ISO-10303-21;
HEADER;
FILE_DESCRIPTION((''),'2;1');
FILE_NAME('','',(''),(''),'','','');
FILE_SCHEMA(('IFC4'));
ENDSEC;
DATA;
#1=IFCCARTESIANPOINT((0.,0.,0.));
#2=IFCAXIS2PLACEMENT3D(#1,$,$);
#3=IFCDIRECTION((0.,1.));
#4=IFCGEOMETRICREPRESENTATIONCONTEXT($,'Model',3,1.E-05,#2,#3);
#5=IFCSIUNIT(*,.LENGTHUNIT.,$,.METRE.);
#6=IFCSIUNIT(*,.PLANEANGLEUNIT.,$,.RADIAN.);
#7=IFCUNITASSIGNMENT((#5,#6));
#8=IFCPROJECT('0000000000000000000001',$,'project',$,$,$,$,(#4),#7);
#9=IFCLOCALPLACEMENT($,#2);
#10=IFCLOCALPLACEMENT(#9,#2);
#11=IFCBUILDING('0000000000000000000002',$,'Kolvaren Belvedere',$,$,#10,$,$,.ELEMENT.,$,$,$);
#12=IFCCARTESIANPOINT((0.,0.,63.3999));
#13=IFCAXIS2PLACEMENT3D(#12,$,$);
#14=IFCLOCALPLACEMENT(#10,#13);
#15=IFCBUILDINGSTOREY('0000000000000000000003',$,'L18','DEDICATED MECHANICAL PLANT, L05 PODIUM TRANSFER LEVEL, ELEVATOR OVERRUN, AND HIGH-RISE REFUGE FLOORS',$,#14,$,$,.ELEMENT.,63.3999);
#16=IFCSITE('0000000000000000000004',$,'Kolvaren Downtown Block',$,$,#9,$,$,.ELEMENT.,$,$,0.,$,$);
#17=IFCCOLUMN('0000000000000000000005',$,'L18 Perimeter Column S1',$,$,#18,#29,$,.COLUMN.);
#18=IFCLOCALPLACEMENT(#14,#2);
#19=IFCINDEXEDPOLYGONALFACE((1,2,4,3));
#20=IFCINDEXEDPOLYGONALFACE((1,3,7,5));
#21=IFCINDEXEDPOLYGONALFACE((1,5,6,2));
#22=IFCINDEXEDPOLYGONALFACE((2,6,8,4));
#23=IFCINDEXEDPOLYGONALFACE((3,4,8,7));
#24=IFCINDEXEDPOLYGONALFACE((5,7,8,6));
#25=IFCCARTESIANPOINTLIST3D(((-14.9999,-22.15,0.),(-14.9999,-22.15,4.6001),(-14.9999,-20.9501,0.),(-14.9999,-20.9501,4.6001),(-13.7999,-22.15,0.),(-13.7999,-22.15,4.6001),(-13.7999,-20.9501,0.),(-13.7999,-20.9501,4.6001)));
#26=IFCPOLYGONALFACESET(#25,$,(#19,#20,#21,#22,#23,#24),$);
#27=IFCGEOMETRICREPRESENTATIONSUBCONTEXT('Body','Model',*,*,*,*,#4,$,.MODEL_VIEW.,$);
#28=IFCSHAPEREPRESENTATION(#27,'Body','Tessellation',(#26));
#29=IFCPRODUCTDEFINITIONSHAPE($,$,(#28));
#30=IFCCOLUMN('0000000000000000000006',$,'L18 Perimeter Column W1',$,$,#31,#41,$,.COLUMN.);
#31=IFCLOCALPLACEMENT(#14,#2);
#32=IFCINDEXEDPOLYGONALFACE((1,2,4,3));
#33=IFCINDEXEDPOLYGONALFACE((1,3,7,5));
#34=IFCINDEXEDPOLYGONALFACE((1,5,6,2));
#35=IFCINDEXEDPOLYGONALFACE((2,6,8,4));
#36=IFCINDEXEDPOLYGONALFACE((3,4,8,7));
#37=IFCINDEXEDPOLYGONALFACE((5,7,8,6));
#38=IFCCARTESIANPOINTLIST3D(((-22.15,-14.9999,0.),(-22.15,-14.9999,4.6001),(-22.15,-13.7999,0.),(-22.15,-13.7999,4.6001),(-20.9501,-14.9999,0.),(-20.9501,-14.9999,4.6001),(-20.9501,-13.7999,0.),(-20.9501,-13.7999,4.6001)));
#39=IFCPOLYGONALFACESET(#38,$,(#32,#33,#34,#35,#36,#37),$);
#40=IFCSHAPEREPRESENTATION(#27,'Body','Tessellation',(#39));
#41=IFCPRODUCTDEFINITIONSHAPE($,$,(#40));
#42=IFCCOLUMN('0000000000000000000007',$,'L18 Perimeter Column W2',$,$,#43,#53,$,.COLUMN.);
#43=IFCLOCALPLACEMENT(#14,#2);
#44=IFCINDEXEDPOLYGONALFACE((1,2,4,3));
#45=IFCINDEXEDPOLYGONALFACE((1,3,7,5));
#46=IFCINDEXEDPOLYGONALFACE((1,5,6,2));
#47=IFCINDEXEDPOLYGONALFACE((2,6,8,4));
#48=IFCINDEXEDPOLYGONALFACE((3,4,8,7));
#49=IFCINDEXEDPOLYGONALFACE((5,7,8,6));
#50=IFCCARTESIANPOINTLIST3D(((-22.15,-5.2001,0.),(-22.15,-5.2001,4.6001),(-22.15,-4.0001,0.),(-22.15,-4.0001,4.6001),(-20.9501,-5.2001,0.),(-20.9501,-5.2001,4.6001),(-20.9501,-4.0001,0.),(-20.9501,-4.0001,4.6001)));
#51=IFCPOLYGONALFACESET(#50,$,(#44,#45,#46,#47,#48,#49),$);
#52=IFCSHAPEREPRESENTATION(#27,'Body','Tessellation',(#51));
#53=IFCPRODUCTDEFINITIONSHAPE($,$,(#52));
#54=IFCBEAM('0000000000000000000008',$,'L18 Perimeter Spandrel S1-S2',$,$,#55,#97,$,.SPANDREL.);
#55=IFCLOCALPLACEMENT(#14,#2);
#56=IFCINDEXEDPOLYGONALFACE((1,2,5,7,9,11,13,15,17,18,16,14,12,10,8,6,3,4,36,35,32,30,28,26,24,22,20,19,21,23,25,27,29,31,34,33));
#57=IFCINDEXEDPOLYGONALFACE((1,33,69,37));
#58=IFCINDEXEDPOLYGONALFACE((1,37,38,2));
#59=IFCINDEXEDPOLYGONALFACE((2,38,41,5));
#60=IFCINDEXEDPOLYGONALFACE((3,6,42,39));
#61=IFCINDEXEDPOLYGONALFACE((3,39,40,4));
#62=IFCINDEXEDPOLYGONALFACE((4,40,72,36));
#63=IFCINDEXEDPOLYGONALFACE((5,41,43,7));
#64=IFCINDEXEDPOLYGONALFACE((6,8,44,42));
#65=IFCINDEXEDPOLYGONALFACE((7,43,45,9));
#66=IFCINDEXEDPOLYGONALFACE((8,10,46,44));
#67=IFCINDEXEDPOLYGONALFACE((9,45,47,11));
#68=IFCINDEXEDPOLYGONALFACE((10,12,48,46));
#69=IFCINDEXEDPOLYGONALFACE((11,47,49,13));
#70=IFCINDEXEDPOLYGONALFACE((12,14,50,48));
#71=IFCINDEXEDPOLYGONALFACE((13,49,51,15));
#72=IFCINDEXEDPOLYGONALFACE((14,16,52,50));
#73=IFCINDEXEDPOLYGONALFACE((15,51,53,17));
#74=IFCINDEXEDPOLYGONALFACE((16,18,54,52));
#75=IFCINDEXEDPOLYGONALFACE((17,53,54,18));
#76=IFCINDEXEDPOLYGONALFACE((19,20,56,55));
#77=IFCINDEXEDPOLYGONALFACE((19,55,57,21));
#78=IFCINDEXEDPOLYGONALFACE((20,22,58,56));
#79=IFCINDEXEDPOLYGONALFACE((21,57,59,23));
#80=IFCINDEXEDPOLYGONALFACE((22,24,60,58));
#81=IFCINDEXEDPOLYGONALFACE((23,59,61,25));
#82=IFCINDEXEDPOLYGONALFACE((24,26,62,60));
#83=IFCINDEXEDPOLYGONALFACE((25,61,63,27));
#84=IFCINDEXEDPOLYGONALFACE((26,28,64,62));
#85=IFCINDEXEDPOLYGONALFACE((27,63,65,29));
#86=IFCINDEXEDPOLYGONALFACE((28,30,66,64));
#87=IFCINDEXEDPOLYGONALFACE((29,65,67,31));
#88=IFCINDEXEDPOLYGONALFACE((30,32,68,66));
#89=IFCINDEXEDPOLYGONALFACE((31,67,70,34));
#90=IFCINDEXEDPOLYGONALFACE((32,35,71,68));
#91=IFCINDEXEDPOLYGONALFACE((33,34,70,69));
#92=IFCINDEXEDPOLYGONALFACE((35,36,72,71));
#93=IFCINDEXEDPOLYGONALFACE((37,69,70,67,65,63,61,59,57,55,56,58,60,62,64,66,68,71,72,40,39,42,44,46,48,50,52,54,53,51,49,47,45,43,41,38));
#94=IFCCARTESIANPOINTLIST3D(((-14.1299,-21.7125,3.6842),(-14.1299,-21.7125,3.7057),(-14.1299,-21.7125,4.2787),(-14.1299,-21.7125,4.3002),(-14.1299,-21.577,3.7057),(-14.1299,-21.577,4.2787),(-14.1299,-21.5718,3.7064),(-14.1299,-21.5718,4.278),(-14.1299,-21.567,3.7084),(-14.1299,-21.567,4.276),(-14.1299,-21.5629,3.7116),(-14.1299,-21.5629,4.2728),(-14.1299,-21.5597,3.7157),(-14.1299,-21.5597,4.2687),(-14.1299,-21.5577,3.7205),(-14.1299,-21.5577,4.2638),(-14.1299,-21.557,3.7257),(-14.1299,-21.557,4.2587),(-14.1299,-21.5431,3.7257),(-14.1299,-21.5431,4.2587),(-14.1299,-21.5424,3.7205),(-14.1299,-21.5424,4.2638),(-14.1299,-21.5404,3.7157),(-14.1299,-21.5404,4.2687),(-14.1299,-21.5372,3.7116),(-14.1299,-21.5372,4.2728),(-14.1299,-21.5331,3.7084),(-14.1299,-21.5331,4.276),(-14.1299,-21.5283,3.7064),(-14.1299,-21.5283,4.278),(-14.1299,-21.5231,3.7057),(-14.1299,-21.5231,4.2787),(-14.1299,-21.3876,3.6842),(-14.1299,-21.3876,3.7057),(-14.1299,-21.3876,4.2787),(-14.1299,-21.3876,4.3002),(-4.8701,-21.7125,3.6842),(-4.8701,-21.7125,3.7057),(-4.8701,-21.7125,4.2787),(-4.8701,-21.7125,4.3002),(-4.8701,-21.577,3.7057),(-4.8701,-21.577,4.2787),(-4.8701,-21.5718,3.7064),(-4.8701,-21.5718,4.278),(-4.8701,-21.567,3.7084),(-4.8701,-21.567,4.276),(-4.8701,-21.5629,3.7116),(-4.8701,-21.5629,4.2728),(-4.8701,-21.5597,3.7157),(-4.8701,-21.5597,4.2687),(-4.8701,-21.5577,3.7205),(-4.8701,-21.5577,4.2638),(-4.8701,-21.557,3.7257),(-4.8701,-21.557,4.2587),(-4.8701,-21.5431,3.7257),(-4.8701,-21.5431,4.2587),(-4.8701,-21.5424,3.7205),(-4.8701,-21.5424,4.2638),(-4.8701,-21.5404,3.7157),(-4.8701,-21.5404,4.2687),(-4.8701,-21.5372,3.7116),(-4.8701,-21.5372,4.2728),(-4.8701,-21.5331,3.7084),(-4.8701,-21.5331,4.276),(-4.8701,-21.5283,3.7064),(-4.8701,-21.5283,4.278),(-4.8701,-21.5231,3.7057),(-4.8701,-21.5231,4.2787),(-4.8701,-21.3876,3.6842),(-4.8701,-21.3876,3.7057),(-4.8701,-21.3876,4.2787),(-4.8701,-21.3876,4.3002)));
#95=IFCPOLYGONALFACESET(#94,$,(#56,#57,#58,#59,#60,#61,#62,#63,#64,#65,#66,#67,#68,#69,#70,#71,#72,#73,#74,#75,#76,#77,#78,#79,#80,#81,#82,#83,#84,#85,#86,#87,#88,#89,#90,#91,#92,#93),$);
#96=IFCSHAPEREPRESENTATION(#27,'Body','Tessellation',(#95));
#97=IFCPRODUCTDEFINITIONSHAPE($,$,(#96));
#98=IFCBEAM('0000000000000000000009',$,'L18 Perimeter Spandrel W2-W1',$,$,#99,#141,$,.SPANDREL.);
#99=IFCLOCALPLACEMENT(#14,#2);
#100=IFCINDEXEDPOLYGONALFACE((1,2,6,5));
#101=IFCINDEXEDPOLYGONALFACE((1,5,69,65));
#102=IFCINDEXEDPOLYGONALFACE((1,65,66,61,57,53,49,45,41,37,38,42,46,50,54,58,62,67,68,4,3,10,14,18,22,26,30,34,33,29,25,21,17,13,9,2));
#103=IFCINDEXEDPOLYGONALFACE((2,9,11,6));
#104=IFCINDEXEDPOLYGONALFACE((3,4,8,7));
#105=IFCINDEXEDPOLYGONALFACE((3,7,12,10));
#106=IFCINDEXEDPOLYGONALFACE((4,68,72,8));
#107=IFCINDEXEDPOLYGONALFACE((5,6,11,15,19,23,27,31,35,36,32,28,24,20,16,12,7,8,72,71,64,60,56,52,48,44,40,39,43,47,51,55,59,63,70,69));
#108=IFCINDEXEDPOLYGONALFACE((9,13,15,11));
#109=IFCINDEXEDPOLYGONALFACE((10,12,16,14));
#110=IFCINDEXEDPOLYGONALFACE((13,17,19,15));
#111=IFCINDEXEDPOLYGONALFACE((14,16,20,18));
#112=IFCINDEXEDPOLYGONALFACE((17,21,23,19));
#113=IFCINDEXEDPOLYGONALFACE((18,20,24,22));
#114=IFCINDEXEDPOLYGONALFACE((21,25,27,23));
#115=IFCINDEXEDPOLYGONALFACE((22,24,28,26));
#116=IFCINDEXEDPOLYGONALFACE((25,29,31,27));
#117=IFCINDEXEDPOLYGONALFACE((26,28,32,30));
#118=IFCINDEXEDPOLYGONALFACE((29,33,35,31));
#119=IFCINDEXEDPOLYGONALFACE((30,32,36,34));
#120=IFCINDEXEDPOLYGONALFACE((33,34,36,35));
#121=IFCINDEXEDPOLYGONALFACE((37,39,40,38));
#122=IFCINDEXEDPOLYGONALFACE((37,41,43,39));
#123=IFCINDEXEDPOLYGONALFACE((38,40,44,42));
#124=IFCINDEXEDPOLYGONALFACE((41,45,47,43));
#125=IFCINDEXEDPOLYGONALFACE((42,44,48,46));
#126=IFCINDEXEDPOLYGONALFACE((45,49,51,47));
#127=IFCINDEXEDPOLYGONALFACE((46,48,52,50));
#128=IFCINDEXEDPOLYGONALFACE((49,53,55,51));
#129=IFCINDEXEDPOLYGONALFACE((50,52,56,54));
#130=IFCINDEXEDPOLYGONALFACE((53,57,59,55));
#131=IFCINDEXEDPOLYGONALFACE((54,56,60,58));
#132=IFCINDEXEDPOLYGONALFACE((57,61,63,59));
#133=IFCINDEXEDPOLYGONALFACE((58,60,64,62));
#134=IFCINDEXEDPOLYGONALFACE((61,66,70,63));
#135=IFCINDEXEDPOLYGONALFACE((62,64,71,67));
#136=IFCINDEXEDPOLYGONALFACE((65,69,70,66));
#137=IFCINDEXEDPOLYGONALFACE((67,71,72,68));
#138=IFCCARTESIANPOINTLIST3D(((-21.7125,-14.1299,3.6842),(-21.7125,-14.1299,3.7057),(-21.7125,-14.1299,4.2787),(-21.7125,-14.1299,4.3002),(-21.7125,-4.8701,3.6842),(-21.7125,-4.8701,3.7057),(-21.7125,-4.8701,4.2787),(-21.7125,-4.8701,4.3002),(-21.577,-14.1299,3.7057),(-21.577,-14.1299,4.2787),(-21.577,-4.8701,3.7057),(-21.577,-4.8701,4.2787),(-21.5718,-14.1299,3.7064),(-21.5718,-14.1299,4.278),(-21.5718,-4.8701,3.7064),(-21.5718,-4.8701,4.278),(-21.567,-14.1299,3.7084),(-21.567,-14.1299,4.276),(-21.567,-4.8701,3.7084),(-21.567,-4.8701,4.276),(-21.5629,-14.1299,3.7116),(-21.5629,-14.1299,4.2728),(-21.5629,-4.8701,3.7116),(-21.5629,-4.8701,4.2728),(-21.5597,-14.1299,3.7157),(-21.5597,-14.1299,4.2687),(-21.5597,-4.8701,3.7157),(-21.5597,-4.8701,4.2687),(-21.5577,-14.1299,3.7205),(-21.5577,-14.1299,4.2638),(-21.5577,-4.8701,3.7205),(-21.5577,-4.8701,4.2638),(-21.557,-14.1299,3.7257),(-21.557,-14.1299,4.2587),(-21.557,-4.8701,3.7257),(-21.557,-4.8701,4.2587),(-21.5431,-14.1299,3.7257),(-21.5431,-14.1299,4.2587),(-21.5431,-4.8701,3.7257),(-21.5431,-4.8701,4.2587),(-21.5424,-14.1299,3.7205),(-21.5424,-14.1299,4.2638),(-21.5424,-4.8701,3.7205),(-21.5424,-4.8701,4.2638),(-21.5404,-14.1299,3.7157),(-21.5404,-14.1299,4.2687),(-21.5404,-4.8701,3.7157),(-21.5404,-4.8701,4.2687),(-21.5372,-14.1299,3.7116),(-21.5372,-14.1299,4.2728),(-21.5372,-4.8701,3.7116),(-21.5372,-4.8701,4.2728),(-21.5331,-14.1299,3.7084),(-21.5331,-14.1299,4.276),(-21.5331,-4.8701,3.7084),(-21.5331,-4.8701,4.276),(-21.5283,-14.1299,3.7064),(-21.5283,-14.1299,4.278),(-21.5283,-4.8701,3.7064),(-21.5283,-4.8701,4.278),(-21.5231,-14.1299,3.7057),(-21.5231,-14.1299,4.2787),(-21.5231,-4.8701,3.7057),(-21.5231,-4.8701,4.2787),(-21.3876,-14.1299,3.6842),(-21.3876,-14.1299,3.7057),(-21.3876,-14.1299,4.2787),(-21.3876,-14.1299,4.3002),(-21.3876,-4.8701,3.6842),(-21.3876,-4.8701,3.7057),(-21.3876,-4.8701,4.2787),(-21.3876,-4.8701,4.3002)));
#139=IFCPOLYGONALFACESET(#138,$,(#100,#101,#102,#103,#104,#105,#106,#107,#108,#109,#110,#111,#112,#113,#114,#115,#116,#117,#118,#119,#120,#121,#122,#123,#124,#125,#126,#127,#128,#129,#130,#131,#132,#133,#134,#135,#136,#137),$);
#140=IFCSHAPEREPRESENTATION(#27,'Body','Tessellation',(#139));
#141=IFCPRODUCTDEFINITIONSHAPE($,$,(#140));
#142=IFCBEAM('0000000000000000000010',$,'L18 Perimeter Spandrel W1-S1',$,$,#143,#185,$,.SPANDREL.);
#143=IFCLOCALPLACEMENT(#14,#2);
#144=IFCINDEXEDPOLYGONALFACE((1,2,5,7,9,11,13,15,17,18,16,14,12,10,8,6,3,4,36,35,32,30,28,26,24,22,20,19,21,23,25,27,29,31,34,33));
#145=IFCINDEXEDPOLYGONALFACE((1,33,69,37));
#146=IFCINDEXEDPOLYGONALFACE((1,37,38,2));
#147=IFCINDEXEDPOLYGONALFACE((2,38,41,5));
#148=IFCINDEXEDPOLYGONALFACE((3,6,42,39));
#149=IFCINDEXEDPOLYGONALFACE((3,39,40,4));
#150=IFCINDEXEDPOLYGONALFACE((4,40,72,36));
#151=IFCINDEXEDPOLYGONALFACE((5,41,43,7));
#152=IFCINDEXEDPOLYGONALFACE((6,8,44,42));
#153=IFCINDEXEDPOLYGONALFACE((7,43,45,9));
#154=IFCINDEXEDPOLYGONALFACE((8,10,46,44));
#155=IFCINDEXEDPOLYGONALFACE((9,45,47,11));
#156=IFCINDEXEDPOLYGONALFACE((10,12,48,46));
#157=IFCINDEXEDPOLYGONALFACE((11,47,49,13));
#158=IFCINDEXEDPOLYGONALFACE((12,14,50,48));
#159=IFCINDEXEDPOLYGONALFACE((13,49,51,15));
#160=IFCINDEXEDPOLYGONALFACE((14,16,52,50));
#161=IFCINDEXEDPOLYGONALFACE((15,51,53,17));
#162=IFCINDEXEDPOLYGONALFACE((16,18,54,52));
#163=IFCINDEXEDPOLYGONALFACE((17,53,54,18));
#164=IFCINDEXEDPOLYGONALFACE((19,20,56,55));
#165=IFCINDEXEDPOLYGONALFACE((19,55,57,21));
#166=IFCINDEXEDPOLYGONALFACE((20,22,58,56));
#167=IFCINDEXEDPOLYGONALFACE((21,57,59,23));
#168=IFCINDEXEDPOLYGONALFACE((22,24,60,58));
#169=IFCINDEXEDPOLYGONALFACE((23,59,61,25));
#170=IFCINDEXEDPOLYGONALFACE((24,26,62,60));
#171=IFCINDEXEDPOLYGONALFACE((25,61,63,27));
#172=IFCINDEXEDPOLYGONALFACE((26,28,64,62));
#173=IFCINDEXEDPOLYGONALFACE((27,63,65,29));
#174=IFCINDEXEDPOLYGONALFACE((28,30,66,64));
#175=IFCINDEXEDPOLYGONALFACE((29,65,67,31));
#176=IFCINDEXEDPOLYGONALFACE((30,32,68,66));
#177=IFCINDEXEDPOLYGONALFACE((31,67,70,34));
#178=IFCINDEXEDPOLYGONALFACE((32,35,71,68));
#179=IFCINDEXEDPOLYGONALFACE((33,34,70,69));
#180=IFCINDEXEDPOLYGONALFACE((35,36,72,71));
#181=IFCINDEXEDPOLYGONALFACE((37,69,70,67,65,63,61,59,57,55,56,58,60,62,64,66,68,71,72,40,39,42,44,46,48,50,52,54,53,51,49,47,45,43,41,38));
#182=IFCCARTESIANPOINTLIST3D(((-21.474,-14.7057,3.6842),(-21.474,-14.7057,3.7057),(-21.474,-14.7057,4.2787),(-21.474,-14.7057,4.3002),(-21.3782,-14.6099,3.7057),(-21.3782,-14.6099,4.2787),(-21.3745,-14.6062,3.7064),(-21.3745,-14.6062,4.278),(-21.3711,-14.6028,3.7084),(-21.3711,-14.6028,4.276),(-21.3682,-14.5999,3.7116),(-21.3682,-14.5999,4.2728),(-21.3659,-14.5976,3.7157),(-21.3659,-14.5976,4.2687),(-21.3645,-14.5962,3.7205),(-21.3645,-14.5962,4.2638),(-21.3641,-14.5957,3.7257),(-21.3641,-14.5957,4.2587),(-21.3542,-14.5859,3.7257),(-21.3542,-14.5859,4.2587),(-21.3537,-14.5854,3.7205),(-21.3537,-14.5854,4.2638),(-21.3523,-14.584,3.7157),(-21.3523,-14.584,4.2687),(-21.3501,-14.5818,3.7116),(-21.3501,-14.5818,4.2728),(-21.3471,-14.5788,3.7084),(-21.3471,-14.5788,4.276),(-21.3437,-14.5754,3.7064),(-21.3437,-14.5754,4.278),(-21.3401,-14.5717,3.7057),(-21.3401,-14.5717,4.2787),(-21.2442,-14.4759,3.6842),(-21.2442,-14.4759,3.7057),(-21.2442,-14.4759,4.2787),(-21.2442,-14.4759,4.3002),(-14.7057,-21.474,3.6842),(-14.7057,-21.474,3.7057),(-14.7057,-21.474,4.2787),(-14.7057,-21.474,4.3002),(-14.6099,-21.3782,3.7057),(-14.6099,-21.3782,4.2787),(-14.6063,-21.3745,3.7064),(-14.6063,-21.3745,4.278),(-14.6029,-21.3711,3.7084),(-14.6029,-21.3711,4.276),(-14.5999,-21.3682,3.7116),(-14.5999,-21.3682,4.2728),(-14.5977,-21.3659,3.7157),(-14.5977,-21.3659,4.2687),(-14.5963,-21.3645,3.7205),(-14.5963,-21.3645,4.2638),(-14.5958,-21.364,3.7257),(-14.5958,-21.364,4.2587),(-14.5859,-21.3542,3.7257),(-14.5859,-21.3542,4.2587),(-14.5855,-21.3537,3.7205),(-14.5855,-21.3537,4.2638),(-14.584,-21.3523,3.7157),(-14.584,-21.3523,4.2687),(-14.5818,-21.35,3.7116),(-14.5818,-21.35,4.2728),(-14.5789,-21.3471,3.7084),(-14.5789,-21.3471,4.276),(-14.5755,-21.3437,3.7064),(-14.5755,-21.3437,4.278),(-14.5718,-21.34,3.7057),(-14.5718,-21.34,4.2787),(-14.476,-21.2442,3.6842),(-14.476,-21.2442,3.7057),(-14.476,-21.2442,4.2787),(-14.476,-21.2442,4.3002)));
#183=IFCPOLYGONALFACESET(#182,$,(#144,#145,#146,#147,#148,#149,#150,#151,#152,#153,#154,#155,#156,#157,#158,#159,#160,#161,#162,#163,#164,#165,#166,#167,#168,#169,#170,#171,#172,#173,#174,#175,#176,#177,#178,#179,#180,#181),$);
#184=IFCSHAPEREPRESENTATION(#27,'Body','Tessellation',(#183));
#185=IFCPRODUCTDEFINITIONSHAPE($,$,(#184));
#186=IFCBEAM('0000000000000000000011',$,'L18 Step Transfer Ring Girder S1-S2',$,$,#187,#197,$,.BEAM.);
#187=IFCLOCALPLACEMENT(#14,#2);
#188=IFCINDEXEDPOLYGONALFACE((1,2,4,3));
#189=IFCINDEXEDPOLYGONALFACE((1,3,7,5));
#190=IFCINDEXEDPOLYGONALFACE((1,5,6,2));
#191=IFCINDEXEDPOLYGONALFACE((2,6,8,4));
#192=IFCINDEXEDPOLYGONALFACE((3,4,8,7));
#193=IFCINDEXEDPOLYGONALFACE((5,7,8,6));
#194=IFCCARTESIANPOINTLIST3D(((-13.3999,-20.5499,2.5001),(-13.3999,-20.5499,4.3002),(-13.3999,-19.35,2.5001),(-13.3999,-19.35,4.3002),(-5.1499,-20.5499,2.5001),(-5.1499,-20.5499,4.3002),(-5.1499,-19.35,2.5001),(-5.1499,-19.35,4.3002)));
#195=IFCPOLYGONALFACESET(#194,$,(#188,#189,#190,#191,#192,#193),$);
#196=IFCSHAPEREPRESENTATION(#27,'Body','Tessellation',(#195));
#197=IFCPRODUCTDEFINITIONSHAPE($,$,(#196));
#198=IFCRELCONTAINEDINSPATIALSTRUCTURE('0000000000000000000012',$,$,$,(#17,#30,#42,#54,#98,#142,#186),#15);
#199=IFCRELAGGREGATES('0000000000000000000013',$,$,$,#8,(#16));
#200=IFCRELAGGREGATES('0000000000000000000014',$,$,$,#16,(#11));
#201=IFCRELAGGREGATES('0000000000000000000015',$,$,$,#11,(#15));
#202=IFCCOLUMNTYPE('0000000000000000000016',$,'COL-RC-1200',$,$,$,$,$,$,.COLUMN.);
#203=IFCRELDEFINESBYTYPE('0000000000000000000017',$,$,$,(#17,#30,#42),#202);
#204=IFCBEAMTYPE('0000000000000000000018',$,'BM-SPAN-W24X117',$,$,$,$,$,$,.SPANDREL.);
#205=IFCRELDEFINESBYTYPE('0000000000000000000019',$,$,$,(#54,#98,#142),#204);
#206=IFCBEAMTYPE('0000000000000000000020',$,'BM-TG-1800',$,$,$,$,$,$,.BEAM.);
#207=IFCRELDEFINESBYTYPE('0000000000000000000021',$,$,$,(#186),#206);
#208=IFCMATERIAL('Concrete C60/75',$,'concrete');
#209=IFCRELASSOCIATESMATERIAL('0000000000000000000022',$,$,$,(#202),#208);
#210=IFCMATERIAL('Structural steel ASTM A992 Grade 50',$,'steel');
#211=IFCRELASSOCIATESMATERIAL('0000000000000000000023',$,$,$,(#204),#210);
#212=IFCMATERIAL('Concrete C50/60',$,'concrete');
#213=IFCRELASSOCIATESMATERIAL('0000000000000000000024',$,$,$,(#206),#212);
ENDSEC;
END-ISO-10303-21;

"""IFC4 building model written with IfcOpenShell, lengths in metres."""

from ifc_helpers import new_model, si_unit, direction, frame, origin, origin_2d, place, context, subcontext, project, spatial, rectangle, i_section, extrude, material, material_profile, profile_set, type_object, element, save


model = new_model("IFC4")

# Units and contexts
model_context = context("Model", 3, precision=1e-05, world=origin(), true_north=direction((0.0, 1.0)))
body_context = subcontext(model_context, "Body", "Model", "MODEL_VIEW")
ifc_project = project(units=[si_unit("LENGTHUNIT", "METRE"), si_unit("PLANEANGLEUNIT", "RADIAN")], contexts=[model_context])

# Site, building, storey
site_placement = place(None, origin())
site = spatial("IfcSite", under=ifc_project, at=site_placement, Name="Kolvaren Downtown Block", CompositionType="ELEMENT", RefElevation=0.0)
building_placement = place(site_placement, origin())
building = spatial("IfcBuilding", under=site, at=building_placement, Name="Kolvaren Belvedere", CompositionType="ELEMENT")
storey_placement = place(building_placement, frame((0.0, 0.0, 63.3999)))
storey = spatial("IfcBuildingStorey", under=building, at=storey_placement, Name="L18", Description="DEDICATED MECHANICAL PLANT, L05 PODIUM TRANSFER LEVEL, ELEVATOR OVERRUN, AND HIGH-RISE REFUGE FLOORS", CompositionType="ELEMENT", Elevation=63.3999)

# Columns
ifc_material_1 = material(Name="Concrete C60/75", Category="concrete")
ifc_material_profile_1 = material_profile(ifc_material_1, rectangle(XDim=1.2, YDim=1.2, at=origin_2d()), Name="RC 1200X1200")
ifc_profile_set_1 = profile_set([ifc_material_profile_1], Name="Concrete C60/75")
column_type = type_object("IfcColumnType", Name="COL-RC-1200", PredefinedType="COLUMN", material=ifc_profile_set_1)
for number, where, z_axis, x_axis, name in (
    (1, (-14.3999, -21.55, 0.0), (0.0, 0.0, 1.0), (1.0, 0.0, 0.0), "L18 Perimeter Column S1"),
    (2, (-21.55, -14.3999, 0.0), (0.0, 0.0, 1.0), (1.0, 0.0, 0.0), "L18 Perimeter Column W1"),
    (3, (-21.55, -4.6001, 0.0), (0.0, 0.0, 1.0), (1.0, 0.0, 0.0), "L18 Perimeter Column W2"),
):
    element("IfcColumn", number, at=place(storey_placement, frame(where, z_axis=z_axis, x_axis=x_axis)), inside=storey, type_object=column_type, Name=name, PredefinedType="COLUMN", context=body_context, shape_type="SweptSolid", body=[
        extrude(rectangle(XDim=1.2, YDim=1.2, at=origin_2d()), origin(), (0.0, 0.0, 1.0), 4.6001),
    ])

# Beams
ifc_material_2 = material(Name="Structural steel ASTM A992 Grade 50", Category="steel")
ifc_material_profile_2 = material_profile(ifc_material_2, i_section(OverallWidth=0.325, OverallDepth=0.616, WebThickness=0.0139, FlangeThickness=0.0215, FilletRadius=0.02, at=origin_2d()), Name="W24X117")
ifc_profile_set_2 = profile_set([ifc_material_profile_2], Name="Structural steel ASTM A992 Grade 50")
beam_type_1 = type_object("IfcBeamType", Name="BM-SPAN-W24X117", PredefinedType="SPANDREL", material=ifc_profile_set_2)
for number, where, z_axis, x_axis, name in (
    (4, (-14.1299, -21.55, 3.9922), (1.0, 0.0, 0.0), (0.0, 1.0, 0.0), "L18 Perimeter Spandrel S1-S2"),
    (5, (-21.55, -4.8701, 3.9922), (0.0, -1.0, 0.0), (1.0, 0.0, 0.0), "L18 Perimeter Spandrel W2-W1"),
):
    element("IfcBeam", number, at=place(storey_placement, frame(where, z_axis=z_axis, x_axis=x_axis)), inside=storey, type_object=beam_type_1, Name=name, PredefinedType="SPANDREL", context=body_context, shape_type="SweptSolid", body=[
        extrude(i_section(OverallWidth=0.325, OverallDepth=0.616, WebThickness=0.0139, FlangeThickness=0.0215, FilletRadius=0.02, at=origin_2d()), origin(), (0.0, 0.0, 1.0), 9.2598),
    ])
beam_1_placement = place(storey_placement, frame((-21.3591, -14.5908, 3.9922), z_axis=(0.707107, -0.707107, 0.0), x_axis=(0.707107, 0.707107, 0.0)))
element("IfcBeam", 6, at=beam_1_placement, inside=storey, type_object=beam_type_1, Name="L18 Perimeter Spandrel W1-S1", PredefinedType="SPANDREL", context=body_context, shape_type="SweptSolid", body=[
    extrude(i_section(OverallWidth=0.325, OverallDepth=0.616, WebThickness=0.0139, FlangeThickness=0.0215, FilletRadius=0.02, at=origin_2d()), origin(), (0.0, 0.0, 1.0), 9.5718),
])
ifc_material_3 = material(Name="Concrete C50/60", Category="concrete")
ifc_material_profile_3 = material_profile(ifc_material_3, rectangle(XDim=1.2, YDim=1.8, at=origin_2d()), Name="RC 1200X1800")
ifc_profile_set_3 = profile_set([ifc_material_profile_3], Name="Concrete C50/60")
beam_type_2 = type_object("IfcBeamType", Name="BM-TG-1800", PredefinedType="BEAM", material=ifc_profile_set_3)
for number, where, z_axis, x_axis, name in (
    (7, (-13.3999, -19.95, 3.4001), (1.0, 0.0, 0.0), (0.0, 1.0, 0.0), "L18 Step Transfer Ring Girder S1-S2"),
):
    element("IfcBeam", number, at=place(storey_placement, frame(where, z_axis=z_axis, x_axis=x_axis)), inside=storey, type_object=beam_type_2, Name=name, PredefinedType="BEAM", context=body_context, shape_type="SweptSolid", body=[
        extrude(rectangle(XDim=1.2, YDim=1.8, at=origin_2d()), origin(), (0.0, 0.0, 1.0), 8.25),
    ])

save(model, "model.ifc")
